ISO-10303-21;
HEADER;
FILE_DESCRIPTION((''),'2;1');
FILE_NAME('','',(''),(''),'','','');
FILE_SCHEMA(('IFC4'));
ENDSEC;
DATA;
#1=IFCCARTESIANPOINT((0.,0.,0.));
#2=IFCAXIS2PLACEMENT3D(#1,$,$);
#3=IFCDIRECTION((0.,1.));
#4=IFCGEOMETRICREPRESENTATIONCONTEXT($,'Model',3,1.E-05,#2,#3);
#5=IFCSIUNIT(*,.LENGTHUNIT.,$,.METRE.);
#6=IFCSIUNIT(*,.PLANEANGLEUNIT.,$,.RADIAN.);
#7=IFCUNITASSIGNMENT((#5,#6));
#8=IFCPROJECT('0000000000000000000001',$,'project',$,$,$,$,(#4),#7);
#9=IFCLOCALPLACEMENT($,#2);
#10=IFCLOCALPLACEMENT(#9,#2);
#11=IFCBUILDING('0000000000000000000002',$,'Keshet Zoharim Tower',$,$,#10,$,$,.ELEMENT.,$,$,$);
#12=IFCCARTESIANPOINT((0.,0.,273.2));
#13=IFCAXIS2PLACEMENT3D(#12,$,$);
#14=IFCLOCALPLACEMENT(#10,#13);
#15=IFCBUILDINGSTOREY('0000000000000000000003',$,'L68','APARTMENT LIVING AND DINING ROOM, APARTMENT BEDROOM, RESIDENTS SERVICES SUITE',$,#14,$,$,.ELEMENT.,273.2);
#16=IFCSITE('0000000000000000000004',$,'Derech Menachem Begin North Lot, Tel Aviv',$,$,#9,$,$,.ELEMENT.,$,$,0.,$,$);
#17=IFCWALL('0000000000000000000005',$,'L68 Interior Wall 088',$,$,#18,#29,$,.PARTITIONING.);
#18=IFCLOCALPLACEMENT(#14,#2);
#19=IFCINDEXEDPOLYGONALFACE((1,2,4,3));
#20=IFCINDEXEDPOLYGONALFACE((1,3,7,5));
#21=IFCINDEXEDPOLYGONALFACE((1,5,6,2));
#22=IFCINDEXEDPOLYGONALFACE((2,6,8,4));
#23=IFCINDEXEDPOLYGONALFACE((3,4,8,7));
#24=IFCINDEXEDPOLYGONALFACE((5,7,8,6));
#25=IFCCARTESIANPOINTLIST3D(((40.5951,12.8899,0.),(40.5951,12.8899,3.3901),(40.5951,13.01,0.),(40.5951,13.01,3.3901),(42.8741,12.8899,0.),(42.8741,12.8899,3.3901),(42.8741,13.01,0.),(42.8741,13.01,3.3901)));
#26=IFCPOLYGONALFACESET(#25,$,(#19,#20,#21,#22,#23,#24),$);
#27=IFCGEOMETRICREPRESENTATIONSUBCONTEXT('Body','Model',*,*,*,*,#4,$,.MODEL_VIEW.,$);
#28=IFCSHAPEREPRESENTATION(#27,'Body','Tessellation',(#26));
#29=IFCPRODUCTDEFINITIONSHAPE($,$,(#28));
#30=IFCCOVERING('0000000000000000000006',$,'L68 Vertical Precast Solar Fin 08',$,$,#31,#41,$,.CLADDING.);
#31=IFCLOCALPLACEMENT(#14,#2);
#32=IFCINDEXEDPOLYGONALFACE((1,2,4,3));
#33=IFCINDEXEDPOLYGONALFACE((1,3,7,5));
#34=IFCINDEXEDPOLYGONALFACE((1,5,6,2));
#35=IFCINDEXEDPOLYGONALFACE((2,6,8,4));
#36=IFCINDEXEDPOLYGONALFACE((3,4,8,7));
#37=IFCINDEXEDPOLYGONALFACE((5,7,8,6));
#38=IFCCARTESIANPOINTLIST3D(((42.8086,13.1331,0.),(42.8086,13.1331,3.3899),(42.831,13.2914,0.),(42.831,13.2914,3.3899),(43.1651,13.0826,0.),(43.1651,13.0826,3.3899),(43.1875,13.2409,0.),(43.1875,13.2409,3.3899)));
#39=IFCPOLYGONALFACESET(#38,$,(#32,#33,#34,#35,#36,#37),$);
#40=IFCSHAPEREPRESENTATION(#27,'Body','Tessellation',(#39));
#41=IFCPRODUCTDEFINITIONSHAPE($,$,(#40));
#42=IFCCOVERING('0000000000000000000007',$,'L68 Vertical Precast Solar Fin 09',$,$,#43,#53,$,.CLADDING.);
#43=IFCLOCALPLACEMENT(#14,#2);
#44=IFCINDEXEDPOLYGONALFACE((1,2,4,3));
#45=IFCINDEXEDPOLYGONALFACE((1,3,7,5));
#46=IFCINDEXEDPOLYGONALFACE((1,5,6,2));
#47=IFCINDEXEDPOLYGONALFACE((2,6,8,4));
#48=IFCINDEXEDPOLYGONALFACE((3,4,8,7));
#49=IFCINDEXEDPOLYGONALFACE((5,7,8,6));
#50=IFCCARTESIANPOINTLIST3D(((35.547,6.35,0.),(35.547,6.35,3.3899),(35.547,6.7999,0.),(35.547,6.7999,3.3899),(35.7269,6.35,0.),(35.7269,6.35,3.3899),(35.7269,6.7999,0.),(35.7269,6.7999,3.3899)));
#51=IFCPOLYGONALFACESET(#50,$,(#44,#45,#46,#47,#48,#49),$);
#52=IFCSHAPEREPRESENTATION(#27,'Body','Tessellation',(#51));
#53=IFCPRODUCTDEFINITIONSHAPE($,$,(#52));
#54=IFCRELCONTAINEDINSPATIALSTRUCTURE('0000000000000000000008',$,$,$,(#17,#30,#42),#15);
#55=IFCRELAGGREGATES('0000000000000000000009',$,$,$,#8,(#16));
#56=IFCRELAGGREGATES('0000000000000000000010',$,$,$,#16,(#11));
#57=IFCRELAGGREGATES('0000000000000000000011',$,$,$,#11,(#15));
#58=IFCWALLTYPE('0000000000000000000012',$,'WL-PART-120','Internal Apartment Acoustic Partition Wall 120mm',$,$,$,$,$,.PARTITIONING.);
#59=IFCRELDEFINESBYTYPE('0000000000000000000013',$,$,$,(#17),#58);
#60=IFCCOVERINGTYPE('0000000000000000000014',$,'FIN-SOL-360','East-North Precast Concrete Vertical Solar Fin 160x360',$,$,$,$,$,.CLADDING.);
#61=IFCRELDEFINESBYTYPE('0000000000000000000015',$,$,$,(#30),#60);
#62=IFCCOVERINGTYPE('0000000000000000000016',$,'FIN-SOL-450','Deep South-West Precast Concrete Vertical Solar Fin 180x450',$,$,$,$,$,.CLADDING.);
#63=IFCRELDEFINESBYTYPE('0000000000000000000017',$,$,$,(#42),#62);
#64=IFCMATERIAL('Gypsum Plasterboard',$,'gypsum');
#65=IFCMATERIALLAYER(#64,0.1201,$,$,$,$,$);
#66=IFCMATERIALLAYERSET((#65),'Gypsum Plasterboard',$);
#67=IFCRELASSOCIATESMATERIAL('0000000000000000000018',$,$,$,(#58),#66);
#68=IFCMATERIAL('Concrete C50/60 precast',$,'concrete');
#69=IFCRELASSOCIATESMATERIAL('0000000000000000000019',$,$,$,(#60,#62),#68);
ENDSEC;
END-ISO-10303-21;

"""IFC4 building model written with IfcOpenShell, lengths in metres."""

from ifc_helpers import new_model, si_unit, direction, frame, frame_2d, origin, origin_2d, place, context, subcontext, project, spatial, rectangle, extrude, material, layer, layer_set, type_object, element, save


model = new_model("IFC4")

# Units and contexts
model_context = context("Model", 3, precision=1e-05, world=origin(), true_north=direction((0.0, 1.0)))
body_context = subcontext(model_context, "Body", "Model", "MODEL_VIEW")
ifc_project = project(units=[si_unit("LENGTHUNIT", "METRE"), si_unit("PLANEANGLEUNIT", "RADIAN")], contexts=[model_context])

# Site, building, storey
site_placement = place(None, origin())
site = spatial("IfcSite", under=ifc_project, at=site_placement, Name="Derech Menachem Begin North Lot, Tel Aviv", CompositionType="ELEMENT", RefElevation=0.0)
building_placement = place(site_placement, origin())
building = spatial("IfcBuilding", under=site, at=building_placement, Name="Keshet Zoharim Tower", CompositionType="ELEMENT")
storey_placement = place(building_placement, frame((0.0, 0.0, 273.2)))
storey = spatial("IfcBuildingStorey", under=building, at=storey_placement, Name="L68", Description="APARTMENT LIVING AND DINING ROOM, APARTMENT BEDROOM, RESIDENTS SERVICES SUITE", CompositionType="ELEMENT", Elevation=273.2)

# Shared definitions
ifc_material_1 = material(Name="Gypsum Plasterboard", Category="gypsum")
ifc_layer_1 = layer(ifc_material_1, 0.1201)
ifc_layer_set_1 = layer_set([ifc_layer_1], Name="Gypsum Plasterboard")
wall_type = type_object("IfcWallType", Name="WL-PART-120", Description="Internal Apartment Acoustic Partition Wall 120mm", PredefinedType="PARTITIONING", material=ifc_layer_set_1)

# Wall
wall_1_placement = place(storey_placement, frame((40.595, 12.95, 0.0), z_axis=(0.0, 0.0, 1.0), x_axis=(1.0, 0.0, 0.0)))
element("IfcWall", 1, at=wall_1_placement, inside=storey, type_object=wall_type, Name="L68 Interior Wall 088", PredefinedType="PARTITIONING", context=body_context, shape_type="SweptSolid", body=[
    extrude(rectangle(XDim=2.2791, YDim=0.1201, at=frame_2d((1.1396, 0.0))), origin(), (0.0, 0.0, 1.0), 3.3901),
])

# Coverings
ifc_material_2 = material(Name="Concrete C50/60 precast", Category="concrete")
covering_type_1 = type_object("IfcCoveringType", Name="FIN-SOL-360", Description="East-North Precast Concrete Vertical Solar Fin 160x360", PredefinedType="CLADDING", material=ifc_material_2)
covering_1_placement = place(storey_placement, frame((42.998, 13.187, 0.0), z_axis=(0.0, 0.0, 1.0), x_axis=(-0.140137, -0.990132, 0.0)))
element("IfcCovering", 2, at=covering_1_placement, inside=storey, type_object=covering_type_1, Name="L68 Vertical Precast Solar Fin 08", PredefinedType="CLADDING", context=body_context, shape_type="SweptSolid", body=[
    extrude(rectangle(XDim=0.1599, YDim=0.3601, at=origin_2d()), origin(), (0.0, 0.0, 1.0), 3.3899),
])
covering_type_2 = type_object("IfcCoveringType", Name="FIN-SOL-450", Description="Deep South-West Precast Concrete Vertical Solar Fin 180x450", PredefinedType="CLADDING", material=ifc_material_2)
covering_2_placement = place(storey_placement, frame((35.637, 6.575, 0.0), z_axis=(0.0, 0.0, 1.0), x_axis=(-1.0, 0.0, 0.0)))
element("IfcCovering", 3, at=covering_2_placement, inside=storey, type_object=covering_type_2, Name="L68 Vertical Precast Solar Fin 09", PredefinedType="CLADDING", context=body_context, shape_type="SweptSolid", body=[
    extrude(rectangle(XDim=0.1799, YDim=0.45, at=origin_2d()), origin(), (0.0, 0.0, 1.0), 3.3899),
])

save(model, "model.ifc")
